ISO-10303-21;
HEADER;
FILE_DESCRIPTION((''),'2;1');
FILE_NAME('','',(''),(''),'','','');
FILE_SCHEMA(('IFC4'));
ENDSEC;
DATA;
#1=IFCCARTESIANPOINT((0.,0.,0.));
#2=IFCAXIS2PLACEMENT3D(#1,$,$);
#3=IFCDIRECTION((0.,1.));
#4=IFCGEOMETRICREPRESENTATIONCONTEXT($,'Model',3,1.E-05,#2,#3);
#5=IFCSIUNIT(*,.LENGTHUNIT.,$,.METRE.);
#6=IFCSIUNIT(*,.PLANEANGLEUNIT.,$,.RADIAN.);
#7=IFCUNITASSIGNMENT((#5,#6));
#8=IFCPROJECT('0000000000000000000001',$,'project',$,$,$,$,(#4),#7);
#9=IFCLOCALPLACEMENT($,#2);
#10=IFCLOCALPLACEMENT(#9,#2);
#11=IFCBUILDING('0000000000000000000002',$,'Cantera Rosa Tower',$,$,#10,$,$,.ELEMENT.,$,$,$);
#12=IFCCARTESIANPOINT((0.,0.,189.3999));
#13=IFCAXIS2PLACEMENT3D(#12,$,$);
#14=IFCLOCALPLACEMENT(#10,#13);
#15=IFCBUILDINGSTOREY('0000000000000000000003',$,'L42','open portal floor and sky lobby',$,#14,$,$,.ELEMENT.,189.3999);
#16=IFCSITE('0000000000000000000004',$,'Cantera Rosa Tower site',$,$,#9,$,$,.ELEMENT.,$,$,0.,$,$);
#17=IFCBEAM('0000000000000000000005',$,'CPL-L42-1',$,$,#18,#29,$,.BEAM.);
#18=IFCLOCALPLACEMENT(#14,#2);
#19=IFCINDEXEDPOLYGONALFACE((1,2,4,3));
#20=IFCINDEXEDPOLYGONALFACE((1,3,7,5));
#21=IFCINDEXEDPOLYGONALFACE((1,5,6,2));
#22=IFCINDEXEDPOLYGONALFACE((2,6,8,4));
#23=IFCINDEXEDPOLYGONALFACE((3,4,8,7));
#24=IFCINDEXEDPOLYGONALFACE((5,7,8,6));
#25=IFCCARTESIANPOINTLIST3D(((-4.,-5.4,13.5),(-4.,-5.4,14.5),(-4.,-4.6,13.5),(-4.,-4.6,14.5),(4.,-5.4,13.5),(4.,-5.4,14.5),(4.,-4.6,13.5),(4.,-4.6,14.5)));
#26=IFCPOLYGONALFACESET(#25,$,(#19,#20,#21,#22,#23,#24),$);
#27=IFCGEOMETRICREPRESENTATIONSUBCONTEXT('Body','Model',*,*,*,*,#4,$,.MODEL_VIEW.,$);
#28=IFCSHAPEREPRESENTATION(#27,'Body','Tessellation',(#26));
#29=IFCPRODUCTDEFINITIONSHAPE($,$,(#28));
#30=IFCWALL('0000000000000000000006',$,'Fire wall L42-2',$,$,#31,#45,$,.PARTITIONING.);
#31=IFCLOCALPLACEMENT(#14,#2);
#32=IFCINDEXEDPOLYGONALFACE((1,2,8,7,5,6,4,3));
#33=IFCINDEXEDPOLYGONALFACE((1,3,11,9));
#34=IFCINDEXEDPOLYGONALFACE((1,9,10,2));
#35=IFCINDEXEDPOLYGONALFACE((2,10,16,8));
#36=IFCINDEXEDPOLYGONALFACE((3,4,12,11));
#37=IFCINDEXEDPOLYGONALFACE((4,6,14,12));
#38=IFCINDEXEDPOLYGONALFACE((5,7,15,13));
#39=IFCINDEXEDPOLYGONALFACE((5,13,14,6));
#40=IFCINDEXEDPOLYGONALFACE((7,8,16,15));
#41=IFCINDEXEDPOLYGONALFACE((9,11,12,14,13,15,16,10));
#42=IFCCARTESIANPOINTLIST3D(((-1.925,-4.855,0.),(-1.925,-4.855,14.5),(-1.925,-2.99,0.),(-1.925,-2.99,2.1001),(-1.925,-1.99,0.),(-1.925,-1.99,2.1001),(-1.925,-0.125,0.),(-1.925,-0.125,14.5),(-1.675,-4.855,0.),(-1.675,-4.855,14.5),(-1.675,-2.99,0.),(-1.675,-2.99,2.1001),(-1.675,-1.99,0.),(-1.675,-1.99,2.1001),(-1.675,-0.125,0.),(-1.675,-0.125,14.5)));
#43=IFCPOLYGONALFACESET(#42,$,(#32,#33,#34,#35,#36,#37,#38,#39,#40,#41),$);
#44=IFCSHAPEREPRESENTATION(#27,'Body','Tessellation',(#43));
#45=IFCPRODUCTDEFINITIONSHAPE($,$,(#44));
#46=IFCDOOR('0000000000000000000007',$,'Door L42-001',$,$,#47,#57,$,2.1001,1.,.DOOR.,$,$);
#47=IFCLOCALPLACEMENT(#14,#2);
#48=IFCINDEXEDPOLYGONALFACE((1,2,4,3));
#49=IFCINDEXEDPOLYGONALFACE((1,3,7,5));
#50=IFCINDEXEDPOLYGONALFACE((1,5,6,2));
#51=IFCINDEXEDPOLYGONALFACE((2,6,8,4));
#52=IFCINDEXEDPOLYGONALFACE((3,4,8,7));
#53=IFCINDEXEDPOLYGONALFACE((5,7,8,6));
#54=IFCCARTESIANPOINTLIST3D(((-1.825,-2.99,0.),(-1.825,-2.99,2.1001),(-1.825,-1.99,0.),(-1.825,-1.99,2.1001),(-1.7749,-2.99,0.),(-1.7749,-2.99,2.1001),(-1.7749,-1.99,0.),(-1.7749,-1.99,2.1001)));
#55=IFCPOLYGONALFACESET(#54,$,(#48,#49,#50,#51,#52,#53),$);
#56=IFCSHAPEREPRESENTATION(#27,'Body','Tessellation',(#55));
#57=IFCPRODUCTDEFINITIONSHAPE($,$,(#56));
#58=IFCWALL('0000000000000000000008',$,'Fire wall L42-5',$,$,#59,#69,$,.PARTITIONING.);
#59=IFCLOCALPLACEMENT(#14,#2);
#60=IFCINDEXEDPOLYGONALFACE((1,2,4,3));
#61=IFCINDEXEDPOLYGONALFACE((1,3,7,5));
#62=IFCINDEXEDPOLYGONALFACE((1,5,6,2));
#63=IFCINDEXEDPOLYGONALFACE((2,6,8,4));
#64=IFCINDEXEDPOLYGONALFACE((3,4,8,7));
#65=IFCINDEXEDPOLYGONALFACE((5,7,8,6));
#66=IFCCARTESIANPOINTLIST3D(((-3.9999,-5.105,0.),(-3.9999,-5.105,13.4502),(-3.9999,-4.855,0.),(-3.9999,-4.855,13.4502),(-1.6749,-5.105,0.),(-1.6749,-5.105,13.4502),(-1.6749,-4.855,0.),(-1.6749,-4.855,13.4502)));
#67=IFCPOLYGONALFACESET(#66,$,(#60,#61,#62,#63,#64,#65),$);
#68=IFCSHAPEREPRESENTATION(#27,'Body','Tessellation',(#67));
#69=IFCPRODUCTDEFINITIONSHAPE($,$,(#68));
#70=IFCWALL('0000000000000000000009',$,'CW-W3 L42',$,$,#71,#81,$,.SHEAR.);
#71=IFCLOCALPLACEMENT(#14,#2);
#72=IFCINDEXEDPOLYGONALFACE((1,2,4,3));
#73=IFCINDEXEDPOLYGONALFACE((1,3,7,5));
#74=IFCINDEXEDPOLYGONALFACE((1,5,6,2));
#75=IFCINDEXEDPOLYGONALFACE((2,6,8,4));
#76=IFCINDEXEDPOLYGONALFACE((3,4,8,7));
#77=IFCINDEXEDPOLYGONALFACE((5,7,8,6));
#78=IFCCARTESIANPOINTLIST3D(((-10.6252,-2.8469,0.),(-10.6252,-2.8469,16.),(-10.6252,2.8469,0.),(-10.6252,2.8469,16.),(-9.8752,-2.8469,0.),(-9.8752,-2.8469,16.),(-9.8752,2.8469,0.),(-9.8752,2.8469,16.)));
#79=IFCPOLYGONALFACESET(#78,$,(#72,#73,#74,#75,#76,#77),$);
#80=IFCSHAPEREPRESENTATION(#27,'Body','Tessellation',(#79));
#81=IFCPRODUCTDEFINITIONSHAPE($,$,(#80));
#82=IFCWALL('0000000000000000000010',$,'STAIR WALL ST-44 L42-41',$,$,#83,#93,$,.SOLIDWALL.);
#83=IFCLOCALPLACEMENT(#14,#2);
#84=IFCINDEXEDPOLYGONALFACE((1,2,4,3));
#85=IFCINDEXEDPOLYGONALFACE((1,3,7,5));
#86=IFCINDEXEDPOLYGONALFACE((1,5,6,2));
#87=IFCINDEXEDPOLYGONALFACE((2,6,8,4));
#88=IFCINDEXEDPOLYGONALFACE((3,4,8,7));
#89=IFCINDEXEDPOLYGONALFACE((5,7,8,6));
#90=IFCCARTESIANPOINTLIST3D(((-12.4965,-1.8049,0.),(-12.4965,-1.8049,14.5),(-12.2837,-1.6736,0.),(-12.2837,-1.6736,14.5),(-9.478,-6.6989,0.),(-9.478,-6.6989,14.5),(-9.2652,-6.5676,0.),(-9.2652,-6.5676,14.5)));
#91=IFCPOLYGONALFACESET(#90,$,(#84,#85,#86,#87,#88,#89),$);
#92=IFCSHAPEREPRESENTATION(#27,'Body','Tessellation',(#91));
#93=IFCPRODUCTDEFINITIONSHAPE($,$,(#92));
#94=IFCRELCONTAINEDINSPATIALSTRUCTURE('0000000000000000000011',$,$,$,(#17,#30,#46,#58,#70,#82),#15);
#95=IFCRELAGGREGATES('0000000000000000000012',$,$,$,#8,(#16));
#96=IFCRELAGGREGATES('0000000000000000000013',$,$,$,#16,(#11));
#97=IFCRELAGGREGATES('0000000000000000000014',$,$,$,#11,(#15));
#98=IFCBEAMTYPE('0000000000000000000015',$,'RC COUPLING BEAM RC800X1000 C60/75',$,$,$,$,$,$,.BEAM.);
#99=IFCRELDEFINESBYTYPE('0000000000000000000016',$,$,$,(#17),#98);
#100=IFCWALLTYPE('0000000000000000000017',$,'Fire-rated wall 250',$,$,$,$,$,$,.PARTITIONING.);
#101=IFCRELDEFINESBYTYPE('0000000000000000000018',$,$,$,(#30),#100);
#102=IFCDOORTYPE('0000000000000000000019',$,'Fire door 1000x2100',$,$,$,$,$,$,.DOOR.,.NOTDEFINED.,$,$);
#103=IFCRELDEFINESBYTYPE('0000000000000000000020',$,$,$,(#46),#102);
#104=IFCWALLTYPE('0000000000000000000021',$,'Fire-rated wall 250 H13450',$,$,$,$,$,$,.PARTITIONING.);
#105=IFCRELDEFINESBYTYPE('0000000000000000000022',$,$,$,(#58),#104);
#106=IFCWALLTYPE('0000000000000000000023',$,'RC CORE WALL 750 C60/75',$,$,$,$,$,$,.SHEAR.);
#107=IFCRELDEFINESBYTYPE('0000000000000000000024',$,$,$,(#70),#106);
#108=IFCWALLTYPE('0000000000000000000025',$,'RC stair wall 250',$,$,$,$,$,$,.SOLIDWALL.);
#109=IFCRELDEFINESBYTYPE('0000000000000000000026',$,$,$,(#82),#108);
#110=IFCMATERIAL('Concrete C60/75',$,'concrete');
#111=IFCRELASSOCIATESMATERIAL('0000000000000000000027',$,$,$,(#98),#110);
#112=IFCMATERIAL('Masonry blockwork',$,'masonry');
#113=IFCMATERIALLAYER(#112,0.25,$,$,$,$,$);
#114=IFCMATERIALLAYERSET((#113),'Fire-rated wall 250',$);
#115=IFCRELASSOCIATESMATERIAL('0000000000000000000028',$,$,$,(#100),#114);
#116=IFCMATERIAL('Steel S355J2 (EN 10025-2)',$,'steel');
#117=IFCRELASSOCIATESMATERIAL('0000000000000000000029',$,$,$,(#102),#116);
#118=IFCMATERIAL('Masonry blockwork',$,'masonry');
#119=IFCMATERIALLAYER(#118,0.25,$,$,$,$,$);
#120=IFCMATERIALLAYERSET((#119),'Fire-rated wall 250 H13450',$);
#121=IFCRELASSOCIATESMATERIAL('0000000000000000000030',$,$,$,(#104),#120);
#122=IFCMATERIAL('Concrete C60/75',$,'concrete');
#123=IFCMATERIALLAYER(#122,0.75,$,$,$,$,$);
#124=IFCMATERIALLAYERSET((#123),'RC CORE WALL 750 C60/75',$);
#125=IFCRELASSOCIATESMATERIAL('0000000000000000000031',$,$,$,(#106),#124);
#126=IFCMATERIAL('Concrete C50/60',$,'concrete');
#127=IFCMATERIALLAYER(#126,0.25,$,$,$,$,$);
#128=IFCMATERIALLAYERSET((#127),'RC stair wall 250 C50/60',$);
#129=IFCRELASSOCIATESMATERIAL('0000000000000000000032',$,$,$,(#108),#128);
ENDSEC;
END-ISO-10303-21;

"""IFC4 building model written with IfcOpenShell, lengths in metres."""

from ifc_helpers import new_model, si_unit, direction, frame, frame_2d, origin, origin_2d, place, context, subcontext, project, spatial, rectangle, extrude, material, layer, layer_set, material_profile, profile_set, type_object, element, fill, save


model = new_model("IFC4")

# Units and contexts
model_context = context("Model", 3, precision=1e-05, world=origin(), true_north=direction((0.0, 1.0)))
body_context = subcontext(model_context, "Body", "Model", "MODEL_VIEW")
ifc_project = project(units=[si_unit("LENGTHUNIT", "METRE"), si_unit("PLANEANGLEUNIT", "RADIAN")], contexts=[model_context])

# Site, building, storey
site_placement = place(None, origin())
site = spatial("IfcSite", under=ifc_project, at=site_placement, Name="Cantera Rosa Tower site", CompositionType="ELEMENT", RefElevation=0.0)
building_placement = place(site_placement, origin())
building = spatial("IfcBuilding", under=site, at=building_placement, Name="Cantera Rosa Tower", CompositionType="ELEMENT")
storey_placement = place(building_placement, frame((0.0, 0.0, 189.3999)))
storey = spatial("IfcBuildingStorey", under=building, at=storey_placement, Name="L42", Description="open portal floor and sky lobby", CompositionType="ELEMENT", Elevation=189.3999)

# Beam
ifc_material_1 = material(Name="Concrete C60/75", Category="concrete")
ifc_material_profile = material_profile(ifc_material_1, rectangle(XDim=0.8, YDim=1.0, at=origin_2d()), Name="RC COUPLING BEAM RC800X1000 C60/75")
ifc_profile_set = profile_set([ifc_material_profile], Name="Concrete C60/75")
beam_type = type_object("IfcBeamType", Name="RC COUPLING BEAM RC800X1000 C60/75", PredefinedType="BEAM", material=ifc_profile_set)
beam_placement = place(storey_placement, frame((-4.0, -5.0, 14.0), z_axis=(1.0, 0.0, 0.0), x_axis=(0.0, 1.0, 0.0)))
element("IfcBeam", 1, at=beam_placement, inside=storey, type_object=beam_type, Name="CPL-L42-1", PredefinedType="BEAM", context=body_context, shape_type="SweptSolid", body=[
    extrude(rectangle(XDim=0.8, YDim=1.0, at=origin_2d()), origin(), (0.0, 0.0, 1.0), 8.0),
])

# Wall, opening, door
ifc_material_2 = material(Name="Masonry blockwork", Category="masonry")
ifc_layer_1 = layer(ifc_material_2, 0.25)
ifc_layer_set_1 = layer_set([ifc_layer_1], Name="Fire-rated wall 250")
wall_type_1 = type_object("IfcWallType", Name="Fire-rated wall 250", PredefinedType="PARTITIONING", material=ifc_layer_set_1)
wall_1_placement = place(storey_placement, frame((-1.8, -4.855, 0.0), z_axis=(0.0, 0.0, 1.0), x_axis=(0.0, 1.0, 0.0)))
wall_1 = element("IfcWall", 2, at=wall_1_placement, inside=storey, type_object=wall_type_1, Name="Fire wall L42-2", PredefinedType="PARTITIONING", context=body_context, shape_type="SweptSolid", body=[
    extrude(rectangle(XDim=4.73, YDim=0.25, at=frame_2d((2.365, 0.0))), origin(), (0.0, 0.0, 1.0), 14.5),
])
opening_placement = place(wall_1_placement, frame((1.865, 0.0, 0.0)))
opening = element("IfcOpeningElement", 3, at=opening_placement, cuts=wall_1, PredefinedType="OPENING", context=body_context, shape_type="SweptSolid", body=[
    extrude(rectangle(XDim=1.0, YDim=2.1001, at=frame_2d((0.5, 1.05))), frame((0.0, 0.135, 0.0), z_axis=(0.0, -1.0, 0.0), x_axis=(1.0, 0.0, 0.0)), (0.0, 0.0, 1.0), 0.27),
])
ifc_material_3 = material(Name="Steel S355J2 (EN 10025-2)", Category="steel")
door_type = type_object("IfcDoorType", Name="Fire door 1000x2100", OperationType="NOTDEFINED", PredefinedType="DOOR", material=ifc_material_3)
door_placement = place(opening_placement, origin())
door = element("IfcDoor", 4, at=door_placement, inside=storey, type_object=door_type, Name="Door L42-001", OverallHeight=2.1001, OverallWidth=1.0, PredefinedType="DOOR", context=body_context, shape_type="SweptSolid", body=[
    extrude(rectangle(XDim=1.0, YDim=2.1001, at=frame_2d((0.5, 1.05))), frame((0.0, 0.0249, 0.0), z_axis=(0.0, -1.0, 0.0), x_axis=(1.0, 0.0, 0.0)), (0.0, 0.0, 1.0), 0.05),
])
fill(opening, door)

# Walls
ifc_material_4 = material(Name="Masonry blockwork", Category="masonry")
ifc_layer_2 = layer(ifc_material_4, 0.25)
ifc_layer_set_2 = layer_set([ifc_layer_2], Name="Fire-rated wall 250 H13450")
wall_type_2 = type_object("IfcWallType", Name="Fire-rated wall 250 H13450", PredefinedType="PARTITIONING", material=ifc_layer_set_2)
wall_2_placement = place(storey_placement, frame((-4.0, -4.98, 0.0), z_axis=(0.0, 0.0, 1.0), x_axis=(1.0, 0.0, 0.0)))
element("IfcWall", 5, at=wall_2_placement, inside=storey, type_object=wall_type_2, Name="Fire wall L42-5", PredefinedType="PARTITIONING", context=body_context, shape_type="SweptSolid", body=[
    extrude(rectangle(XDim=2.325, YDim=0.25, at=frame_2d((1.1626, 0.0))), origin(), (0.0, 0.0, 1.0), 13.4502),
])
ifc_material_5 = material(Name="Concrete C60/75", Category="concrete")
ifc_layer_3 = layer(ifc_material_5, 0.75)
ifc_layer_set_3 = layer_set([ifc_layer_3], Name="RC CORE WALL 750 C60/75")
wall_type_3 = type_object("IfcWallType", Name="RC CORE WALL 750 C60/75", PredefinedType="SHEAR", material=ifc_layer_set_3)
wall_3_placement = place(storey_placement, frame((-10.2502, -2.8469, 0.0), z_axis=(0.0, 0.0, 1.0), x_axis=(0.0, 1.0, 0.0)))
element("IfcWall", 6, at=wall_3_placement, inside=storey, type_object=wall_type_3, Name="CW-W3 L42", PredefinedType="SHEAR", context=body_context, shape_type="SweptSolid", body=[
    extrude(rectangle(XDim=5.6938, YDim=0.75, at=frame_2d((2.8469, 0.0))), origin(), (0.0, 0.0, 1.0), 16.0),
])
ifc_material_6 = material(Name="Concrete C50/60", Category="concrete")
ifc_layer_4 = layer(ifc_material_6, 0.25)
ifc_layer_set_4 = layer_set([ifc_layer_4], Name="RC stair wall 250 C50/60")
wall_type_4 = type_object("IfcWallType", Name="RC stair wall 250", PredefinedType="SOLIDWALL", material=ifc_layer_set_4)
wall_4_placement = place(storey_placement, frame((-12.3901, -1.7393, 0.0), z_axis=(0.0, 0.0, 1.0), x_axis=(0.524959, -0.851127, 0.0)))
element("IfcWall", 7, at=wall_4_placement, inside=storey, type_object=wall_type_4, Name="STAIR WALL ST-44 L42-41", PredefinedType="SOLIDWALL", context=body_context, shape_type="SweptSolid", body=[
    extrude(rectangle(XDim=5.75, YDim=0.25, at=frame_2d((2.875, 0.0))), origin(), (0.0, 0.0, 1.0), 14.5),
])

save(model, "model.ifc")
